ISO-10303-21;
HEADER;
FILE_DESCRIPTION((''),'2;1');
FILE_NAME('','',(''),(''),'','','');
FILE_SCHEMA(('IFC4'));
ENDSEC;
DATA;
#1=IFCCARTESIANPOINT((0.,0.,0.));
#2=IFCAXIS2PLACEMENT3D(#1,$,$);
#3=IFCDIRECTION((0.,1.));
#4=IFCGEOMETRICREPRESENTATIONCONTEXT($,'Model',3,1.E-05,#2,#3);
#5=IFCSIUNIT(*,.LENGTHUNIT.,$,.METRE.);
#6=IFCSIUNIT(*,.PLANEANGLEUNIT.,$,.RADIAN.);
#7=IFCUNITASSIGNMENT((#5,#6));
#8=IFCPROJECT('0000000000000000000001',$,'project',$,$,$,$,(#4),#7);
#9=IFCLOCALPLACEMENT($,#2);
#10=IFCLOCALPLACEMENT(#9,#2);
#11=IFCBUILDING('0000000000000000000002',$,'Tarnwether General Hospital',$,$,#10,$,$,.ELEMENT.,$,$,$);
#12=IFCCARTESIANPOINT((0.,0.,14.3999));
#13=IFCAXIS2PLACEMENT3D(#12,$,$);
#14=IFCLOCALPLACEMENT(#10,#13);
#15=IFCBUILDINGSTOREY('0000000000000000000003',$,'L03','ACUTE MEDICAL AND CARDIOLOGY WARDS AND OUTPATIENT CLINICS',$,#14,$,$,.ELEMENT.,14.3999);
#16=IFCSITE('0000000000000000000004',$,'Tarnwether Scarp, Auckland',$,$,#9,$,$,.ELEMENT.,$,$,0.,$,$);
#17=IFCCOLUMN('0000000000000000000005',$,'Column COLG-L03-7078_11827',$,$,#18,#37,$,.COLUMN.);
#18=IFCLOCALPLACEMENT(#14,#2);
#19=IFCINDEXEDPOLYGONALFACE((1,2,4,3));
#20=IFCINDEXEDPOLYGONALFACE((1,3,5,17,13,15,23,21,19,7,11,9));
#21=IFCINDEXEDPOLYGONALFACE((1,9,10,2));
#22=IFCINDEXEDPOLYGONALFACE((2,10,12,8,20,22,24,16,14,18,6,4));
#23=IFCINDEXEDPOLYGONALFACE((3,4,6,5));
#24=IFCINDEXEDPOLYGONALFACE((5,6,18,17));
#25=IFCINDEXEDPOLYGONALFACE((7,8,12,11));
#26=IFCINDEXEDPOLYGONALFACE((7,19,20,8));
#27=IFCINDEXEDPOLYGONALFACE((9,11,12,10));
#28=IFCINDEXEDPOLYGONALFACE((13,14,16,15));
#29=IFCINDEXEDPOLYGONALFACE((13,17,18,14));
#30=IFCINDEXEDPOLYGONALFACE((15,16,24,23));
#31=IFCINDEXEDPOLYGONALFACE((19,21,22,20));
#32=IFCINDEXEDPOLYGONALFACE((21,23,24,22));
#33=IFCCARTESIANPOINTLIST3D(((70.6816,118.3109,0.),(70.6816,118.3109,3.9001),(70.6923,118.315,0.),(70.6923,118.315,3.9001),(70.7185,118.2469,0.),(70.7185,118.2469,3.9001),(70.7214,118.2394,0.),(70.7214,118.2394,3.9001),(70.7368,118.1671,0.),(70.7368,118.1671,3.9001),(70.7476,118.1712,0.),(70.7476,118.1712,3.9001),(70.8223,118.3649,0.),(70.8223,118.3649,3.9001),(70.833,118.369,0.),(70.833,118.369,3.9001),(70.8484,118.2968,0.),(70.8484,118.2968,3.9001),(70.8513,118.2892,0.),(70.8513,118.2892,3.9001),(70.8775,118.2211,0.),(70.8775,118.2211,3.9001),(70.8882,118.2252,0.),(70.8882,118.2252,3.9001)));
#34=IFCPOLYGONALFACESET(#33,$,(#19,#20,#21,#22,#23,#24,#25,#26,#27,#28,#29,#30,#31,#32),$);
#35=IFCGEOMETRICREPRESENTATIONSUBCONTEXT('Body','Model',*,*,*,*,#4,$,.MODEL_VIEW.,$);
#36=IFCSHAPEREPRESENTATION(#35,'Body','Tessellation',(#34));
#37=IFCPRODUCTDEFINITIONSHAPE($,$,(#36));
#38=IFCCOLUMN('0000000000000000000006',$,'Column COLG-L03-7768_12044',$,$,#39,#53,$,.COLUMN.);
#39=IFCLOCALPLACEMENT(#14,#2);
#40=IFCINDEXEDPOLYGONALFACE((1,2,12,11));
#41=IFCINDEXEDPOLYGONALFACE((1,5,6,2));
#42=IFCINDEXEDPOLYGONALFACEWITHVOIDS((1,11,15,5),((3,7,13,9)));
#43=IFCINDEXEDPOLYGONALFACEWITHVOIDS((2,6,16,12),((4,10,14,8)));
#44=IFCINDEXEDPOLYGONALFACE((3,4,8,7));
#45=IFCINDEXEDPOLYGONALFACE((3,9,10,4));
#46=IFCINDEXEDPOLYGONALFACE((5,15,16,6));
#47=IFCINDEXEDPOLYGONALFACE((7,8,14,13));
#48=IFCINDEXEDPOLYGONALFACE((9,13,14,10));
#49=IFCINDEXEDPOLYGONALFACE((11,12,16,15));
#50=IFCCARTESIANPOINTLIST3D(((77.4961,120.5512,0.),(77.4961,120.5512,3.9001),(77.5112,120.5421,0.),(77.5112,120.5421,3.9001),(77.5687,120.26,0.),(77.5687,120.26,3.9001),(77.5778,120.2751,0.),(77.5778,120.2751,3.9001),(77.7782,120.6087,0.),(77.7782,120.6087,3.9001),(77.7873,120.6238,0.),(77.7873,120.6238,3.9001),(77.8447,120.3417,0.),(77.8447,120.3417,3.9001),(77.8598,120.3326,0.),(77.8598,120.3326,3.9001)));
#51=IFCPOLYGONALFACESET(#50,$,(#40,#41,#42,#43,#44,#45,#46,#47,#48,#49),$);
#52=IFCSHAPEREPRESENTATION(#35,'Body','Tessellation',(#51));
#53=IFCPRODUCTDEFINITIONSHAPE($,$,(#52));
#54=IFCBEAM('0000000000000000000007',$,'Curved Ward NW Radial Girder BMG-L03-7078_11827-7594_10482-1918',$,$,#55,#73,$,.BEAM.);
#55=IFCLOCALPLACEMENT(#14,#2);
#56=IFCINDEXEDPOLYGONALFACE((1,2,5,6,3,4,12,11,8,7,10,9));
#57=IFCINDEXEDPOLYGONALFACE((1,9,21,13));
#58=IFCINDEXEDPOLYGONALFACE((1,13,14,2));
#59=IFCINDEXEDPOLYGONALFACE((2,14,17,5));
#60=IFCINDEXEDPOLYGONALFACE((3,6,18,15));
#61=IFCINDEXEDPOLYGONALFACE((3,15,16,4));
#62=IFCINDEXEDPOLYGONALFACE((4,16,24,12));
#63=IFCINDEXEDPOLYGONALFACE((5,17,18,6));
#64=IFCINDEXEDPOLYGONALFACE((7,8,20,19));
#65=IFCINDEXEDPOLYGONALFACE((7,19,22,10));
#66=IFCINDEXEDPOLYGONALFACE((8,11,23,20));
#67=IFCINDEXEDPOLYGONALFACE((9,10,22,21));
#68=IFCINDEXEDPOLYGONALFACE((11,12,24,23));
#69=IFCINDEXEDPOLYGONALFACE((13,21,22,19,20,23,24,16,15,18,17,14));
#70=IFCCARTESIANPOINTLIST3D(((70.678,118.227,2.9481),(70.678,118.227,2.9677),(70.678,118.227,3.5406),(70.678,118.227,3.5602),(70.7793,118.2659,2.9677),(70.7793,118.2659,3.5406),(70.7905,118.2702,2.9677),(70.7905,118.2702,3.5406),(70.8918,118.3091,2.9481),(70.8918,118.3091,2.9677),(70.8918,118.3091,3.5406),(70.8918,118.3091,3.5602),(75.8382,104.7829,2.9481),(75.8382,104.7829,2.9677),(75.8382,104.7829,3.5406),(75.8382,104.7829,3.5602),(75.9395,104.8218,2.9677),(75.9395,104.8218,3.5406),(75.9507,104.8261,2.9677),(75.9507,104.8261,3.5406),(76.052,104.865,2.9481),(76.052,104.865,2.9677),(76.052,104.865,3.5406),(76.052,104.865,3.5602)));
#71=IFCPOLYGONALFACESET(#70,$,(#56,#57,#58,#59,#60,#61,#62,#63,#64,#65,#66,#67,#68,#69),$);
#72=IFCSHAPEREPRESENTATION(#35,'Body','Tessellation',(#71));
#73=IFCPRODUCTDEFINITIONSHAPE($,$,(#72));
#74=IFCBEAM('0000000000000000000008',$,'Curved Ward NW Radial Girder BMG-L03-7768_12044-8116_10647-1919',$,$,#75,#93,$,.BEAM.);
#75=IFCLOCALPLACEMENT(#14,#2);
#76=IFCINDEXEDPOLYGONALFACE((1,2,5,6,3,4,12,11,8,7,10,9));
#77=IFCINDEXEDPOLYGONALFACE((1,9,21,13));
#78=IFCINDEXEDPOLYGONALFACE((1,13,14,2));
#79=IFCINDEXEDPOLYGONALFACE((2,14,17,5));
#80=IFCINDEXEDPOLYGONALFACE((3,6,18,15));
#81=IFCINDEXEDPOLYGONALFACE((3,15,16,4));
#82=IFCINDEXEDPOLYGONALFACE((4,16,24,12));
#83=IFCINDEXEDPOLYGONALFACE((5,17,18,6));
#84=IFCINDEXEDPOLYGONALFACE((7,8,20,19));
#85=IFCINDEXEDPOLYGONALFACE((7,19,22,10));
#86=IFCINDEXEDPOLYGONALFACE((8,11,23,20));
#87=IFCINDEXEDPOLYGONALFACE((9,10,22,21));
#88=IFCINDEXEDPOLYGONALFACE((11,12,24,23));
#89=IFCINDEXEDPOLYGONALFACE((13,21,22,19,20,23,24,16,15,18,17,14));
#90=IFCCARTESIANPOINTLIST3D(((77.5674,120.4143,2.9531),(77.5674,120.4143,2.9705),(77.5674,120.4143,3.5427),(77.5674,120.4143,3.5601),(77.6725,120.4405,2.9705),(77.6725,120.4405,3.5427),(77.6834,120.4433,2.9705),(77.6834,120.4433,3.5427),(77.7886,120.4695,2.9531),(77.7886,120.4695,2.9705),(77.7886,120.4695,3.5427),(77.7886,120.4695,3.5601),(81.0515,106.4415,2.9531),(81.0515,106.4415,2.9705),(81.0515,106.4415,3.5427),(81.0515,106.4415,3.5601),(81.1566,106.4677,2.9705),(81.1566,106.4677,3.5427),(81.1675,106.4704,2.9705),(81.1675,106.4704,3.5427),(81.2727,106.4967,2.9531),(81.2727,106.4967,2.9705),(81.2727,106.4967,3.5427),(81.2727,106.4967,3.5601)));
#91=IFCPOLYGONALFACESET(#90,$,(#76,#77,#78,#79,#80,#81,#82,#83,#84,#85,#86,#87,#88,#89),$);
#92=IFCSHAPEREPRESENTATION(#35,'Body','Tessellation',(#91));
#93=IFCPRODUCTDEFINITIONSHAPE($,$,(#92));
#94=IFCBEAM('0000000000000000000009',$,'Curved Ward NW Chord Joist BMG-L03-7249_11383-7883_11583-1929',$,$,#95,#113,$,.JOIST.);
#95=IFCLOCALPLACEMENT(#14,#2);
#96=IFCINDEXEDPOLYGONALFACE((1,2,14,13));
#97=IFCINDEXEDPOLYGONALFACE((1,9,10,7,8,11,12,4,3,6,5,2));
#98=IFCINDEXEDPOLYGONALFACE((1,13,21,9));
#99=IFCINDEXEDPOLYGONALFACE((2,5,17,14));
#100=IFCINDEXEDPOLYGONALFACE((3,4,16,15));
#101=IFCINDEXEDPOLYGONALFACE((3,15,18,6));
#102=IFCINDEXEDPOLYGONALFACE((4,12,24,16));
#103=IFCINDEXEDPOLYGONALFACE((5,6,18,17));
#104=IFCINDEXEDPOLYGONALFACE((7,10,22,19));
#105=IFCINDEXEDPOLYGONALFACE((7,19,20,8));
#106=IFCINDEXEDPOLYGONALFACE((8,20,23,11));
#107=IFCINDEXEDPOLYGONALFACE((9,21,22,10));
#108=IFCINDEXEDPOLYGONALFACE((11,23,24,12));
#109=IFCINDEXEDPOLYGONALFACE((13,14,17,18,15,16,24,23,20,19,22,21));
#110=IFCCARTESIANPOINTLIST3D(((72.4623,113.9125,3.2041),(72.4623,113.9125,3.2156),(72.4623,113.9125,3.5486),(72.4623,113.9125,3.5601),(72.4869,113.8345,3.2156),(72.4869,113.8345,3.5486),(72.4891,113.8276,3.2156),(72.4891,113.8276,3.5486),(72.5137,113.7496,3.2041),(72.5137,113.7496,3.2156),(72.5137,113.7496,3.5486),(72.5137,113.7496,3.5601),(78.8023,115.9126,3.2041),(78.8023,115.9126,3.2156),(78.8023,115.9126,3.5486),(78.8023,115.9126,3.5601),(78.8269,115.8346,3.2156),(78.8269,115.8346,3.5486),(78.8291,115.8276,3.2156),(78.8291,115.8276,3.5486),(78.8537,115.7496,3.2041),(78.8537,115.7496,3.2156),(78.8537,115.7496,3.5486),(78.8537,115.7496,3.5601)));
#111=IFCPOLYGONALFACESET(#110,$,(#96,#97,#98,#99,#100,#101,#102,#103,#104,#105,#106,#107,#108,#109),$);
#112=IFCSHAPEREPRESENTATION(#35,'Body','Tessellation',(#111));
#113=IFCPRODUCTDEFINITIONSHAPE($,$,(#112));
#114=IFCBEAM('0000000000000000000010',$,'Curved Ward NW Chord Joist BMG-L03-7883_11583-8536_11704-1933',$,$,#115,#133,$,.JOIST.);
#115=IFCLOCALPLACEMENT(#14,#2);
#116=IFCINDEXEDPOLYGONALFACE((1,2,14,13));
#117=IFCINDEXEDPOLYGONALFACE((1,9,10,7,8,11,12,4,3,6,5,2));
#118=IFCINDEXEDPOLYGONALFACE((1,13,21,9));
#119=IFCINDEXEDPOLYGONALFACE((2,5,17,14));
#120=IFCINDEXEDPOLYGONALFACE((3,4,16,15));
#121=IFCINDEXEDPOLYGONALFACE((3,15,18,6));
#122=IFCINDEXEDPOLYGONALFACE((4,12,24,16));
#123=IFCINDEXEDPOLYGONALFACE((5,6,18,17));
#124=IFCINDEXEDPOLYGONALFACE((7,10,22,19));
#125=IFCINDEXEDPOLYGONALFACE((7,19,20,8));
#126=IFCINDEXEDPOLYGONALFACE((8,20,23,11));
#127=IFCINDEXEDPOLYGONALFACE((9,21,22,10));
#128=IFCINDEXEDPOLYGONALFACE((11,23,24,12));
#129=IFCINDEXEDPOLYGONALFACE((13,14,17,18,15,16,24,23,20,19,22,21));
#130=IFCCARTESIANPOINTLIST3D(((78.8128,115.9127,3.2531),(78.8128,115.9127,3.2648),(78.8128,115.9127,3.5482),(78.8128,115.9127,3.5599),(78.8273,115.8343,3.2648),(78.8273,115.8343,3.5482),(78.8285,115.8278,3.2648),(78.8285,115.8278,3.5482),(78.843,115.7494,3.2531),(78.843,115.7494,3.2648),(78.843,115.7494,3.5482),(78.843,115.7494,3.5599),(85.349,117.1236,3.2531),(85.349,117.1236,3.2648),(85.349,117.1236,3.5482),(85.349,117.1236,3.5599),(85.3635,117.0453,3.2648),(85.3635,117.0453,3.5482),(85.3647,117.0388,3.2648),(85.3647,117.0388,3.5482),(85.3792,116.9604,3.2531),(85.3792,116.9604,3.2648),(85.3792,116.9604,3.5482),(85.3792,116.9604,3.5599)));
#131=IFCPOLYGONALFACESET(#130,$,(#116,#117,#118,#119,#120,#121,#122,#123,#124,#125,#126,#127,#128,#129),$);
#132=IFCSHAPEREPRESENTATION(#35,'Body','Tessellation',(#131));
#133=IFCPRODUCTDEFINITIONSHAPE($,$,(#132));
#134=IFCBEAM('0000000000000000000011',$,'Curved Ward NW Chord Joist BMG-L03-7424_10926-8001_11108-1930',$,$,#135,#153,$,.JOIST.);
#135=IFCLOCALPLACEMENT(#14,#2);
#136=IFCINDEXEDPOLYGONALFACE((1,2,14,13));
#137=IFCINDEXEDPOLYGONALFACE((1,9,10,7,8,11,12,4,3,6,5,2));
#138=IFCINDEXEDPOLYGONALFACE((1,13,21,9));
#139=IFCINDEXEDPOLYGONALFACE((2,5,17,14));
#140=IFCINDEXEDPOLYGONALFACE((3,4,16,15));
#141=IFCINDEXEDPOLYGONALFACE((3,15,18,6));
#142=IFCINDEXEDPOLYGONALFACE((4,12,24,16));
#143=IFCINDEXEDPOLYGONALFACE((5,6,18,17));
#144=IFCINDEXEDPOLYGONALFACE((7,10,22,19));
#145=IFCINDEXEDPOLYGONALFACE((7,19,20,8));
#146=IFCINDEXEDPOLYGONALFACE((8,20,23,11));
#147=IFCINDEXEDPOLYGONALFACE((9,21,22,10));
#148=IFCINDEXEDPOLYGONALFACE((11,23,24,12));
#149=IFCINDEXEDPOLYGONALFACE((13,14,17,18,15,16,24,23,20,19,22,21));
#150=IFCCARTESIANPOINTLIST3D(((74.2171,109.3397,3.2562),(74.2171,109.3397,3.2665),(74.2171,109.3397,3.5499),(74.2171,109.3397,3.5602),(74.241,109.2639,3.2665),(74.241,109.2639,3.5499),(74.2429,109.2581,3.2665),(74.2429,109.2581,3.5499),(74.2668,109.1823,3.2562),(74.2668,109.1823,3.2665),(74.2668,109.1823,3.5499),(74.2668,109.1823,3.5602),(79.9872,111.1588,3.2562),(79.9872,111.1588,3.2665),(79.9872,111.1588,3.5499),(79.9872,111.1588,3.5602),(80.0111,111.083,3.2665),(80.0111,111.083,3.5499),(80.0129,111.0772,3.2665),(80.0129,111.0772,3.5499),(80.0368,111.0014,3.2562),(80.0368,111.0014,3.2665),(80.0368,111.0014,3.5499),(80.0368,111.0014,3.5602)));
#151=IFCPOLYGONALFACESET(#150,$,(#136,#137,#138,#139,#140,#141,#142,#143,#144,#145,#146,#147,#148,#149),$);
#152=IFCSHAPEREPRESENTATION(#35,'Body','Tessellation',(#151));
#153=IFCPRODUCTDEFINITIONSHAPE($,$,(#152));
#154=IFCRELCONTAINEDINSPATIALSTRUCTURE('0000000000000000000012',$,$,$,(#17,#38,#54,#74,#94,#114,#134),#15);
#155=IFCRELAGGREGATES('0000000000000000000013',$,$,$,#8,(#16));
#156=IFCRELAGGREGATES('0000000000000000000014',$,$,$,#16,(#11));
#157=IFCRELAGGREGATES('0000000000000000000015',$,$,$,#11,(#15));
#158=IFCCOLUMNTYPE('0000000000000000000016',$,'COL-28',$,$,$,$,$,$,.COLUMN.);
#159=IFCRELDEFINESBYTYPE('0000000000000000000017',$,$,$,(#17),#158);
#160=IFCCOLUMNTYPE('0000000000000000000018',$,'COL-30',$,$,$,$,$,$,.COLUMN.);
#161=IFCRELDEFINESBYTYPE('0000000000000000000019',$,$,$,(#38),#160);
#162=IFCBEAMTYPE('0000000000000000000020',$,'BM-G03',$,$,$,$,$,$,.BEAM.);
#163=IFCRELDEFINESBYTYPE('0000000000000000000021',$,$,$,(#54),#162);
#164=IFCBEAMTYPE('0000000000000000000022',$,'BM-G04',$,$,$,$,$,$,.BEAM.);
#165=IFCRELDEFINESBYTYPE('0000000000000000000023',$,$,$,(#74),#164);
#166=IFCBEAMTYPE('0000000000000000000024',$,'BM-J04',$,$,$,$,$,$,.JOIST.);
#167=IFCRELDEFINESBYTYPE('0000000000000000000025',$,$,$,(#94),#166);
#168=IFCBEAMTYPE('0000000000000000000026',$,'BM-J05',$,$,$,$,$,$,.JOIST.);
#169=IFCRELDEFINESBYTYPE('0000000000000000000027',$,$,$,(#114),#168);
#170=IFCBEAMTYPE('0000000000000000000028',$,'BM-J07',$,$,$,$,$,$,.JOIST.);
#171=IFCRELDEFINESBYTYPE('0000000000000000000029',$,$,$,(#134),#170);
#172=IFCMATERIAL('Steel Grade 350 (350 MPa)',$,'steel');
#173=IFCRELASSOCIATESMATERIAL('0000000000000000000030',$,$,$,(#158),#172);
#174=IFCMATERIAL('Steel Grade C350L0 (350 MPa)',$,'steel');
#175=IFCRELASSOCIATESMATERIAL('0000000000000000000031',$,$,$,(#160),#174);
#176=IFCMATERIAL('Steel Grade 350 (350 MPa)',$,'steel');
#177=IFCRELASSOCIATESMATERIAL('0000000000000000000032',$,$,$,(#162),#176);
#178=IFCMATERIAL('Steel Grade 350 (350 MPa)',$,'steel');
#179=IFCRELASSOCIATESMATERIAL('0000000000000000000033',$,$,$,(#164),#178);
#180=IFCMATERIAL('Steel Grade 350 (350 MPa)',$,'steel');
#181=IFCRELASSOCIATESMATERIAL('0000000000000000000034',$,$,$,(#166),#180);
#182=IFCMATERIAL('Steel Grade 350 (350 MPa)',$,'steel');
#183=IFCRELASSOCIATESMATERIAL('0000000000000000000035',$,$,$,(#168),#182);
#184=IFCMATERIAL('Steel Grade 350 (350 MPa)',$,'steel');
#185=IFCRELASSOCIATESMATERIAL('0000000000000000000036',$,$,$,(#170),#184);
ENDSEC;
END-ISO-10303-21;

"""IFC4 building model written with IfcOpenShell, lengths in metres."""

from ifc_helpers import new_model, si_unit, direction, frame, origin, origin_2d, place, context, subcontext, project, spatial, hollow_rectangle, i_section, extrude, material, material_profile, profile_set, type_object, element, save


model = new_model("IFC4")

# Units and contexts
model_context = context("Model", 3, precision=1e-05, world=origin(), true_north=direction((0.0, 1.0)))
body_context = subcontext(model_context, "Body", "Model", "MODEL_VIEW")
ifc_project = project(units=[si_unit("LENGTHUNIT", "METRE"), si_unit("PLANEANGLEUNIT", "RADIAN")], contexts=[model_context])

# Site, building, storey
site_placement = place(None, origin())
site = spatial("IfcSite", under=ifc_project, at=site_placement, Name="Tarnwether Scarp, Auckland", CompositionType="ELEMENT", RefElevation=0.0)
building_placement = place(site_placement, origin())
building = spatial("IfcBuilding", under=site, at=building_placement, Name="Tarnwether General Hospital", CompositionType="ELEMENT")
storey_placement = place(building_placement, frame((0.0, 0.0, 14.3999)))
storey = spatial("IfcBuildingStorey", under=building, at=storey_placement, Name="L03", Description="ACUTE MEDICAL AND CARDIOLOGY WARDS AND OUTPATIENT CLINICS", CompositionType="ELEMENT", Elevation=14.3999)

# Columns
ifc_material_1 = material(Name="Steel Grade 350 (350 MPa)", Category="steel")
ifc_material_profile_1 = material_profile(ifc_material_1, i_section(OverallWidth=0.1541, OverallDepth=0.1621, WebThickness=0.0081, FlangeThickness=0.0115, at=origin_2d()), Name="150UC37.2")
ifc_profile_set_1 = profile_set([ifc_material_profile_1], Name="Steel Grade 350 (350 MPa)")
column_type_1 = type_object("IfcColumnType", Name="COL-28", PredefinedType="COLUMN", material=ifc_profile_set_1)
column_1_placement = place(storey_placement, frame((70.7849, 118.2681, 0.0), z_axis=(0.0, 0.0, 1.0), x_axis=(-0.358368, 0.93358, 0.0)))
element("IfcColumn", 1, at=column_1_placement, inside=storey, type_object=column_type_1, Name="Column COLG-L03-7078_11827", PredefinedType="COLUMN", context=body_context, shape_type="SweptSolid", body=[
    extrude(i_section(OverallWidth=0.1541, OverallDepth=0.1621, WebThickness=0.0081, FlangeThickness=0.0115, at=origin_2d()), origin(), (0.0, 0.0, 1.0), 3.9001),
])
ifc_material_2 = material(Name="Steel Grade C350L0 (350 MPa)", Category="steel")
ifc_material_profile_2 = material_profile(ifc_material_2, hollow_rectangle(XDim=0.3, YDim=0.3, WallThickness=0.0125, at=origin_2d()), Name="SHS300x300x12.5")
ifc_profile_set_2 = profile_set([ifc_material_profile_2], Name="Steel Grade C350L0 (350 MPa)")
column_type_2 = type_object("IfcColumnType", Name="COL-30", PredefinedType="COLUMN", material=ifc_profile_set_2)
column_2_placement = place(storey_placement, frame((77.678, 120.4419, 0.0), z_axis=(0.0, 0.0, 1.0), x_axis=(-0.241922, 0.970296, 0.0)))
element("IfcColumn", 2, at=column_2_placement, inside=storey, type_object=column_type_2, Name="Column COLG-L03-7768_12044", PredefinedType="COLUMN", context=body_context, shape_type="SweptSolid", body=[
    extrude(hollow_rectangle(XDim=0.3, YDim=0.3, WallThickness=0.0125, at=origin_2d()), origin(), (0.0, 0.0, 1.0), 3.9001),
])

# Beams
ifc_material_3 = material(Name="Steel Grade 350 (350 MPa)", Category="steel")
ifc_material_profile_3 = material_profile(ifc_material_3, i_section(OverallWidth=0.229, OverallDepth=0.6121, WebThickness=0.012, FlangeThickness=0.0195, at=origin_2d()), Name="610UB125")
ifc_profile_set_3 = profile_set([ifc_material_profile_3], Name="Steel Grade 350 (350 MPa)")
beam_type_1 = type_object("IfcBeamType", Name="BM-G03", PredefinedType="BEAM", material=ifc_profile_set_3)
beam_1_placement = place(storey_placement, frame((70.7849, 118.2681, 3.2542), z_axis=(0.358335, -0.933593, 0.0), x_axis=(0.933593, 0.358335, 0.0)))
element("IfcBeam", 3, at=beam_1_placement, inside=storey, type_object=beam_type_1, Name="Curved Ward NW Radial Girder BMG-L03-7078_11827-7594_10482-1918", PredefinedType="BEAM", context=body_context, shape_type="SweptSolid", body=[
    extrude(i_section(OverallWidth=0.229, OverallDepth=0.6121, WebThickness=0.012, FlangeThickness=0.0195, at=origin_2d()), origin(), (0.0, 0.0, 1.0), 14.4004),
])
ifc_material_4 = material(Name="Steel Grade 350 (350 MPa)", Category="steel")
ifc_material_profile_4 = material_profile(ifc_material_4, i_section(OverallWidth=0.228, OverallDepth=0.6069, WebThickness=0.0112, FlangeThickness=0.0173, at=origin_2d()), Name="610UB113")
ifc_profile_set_4 = profile_set([ifc_material_profile_4], Name="Steel Grade 350 (350 MPa)")
beam_type_2 = type_object("IfcBeamType", Name="BM-G04", PredefinedType="BEAM", material=ifc_profile_set_4)
beam_2_placement = place(storey_placement, frame((77.678, 120.4419, 3.2566), z_axis=(0.241941, -0.970291, 0.0), x_axis=(0.970291, 0.241941, 0.0)))
element("IfcBeam", 4, at=beam_2_placement, inside=storey, type_object=beam_type_2, Name="Curved Ward NW Radial Girder BMG-L03-7768_12044-8116_10647-1919", PredefinedType="BEAM", context=body_context, shape_type="SweptSolid", body=[
    extrude(i_section(OverallWidth=0.228, OverallDepth=0.6069, WebThickness=0.0112, FlangeThickness=0.0173, at=origin_2d()), origin(), (0.0, 0.0, 1.0), 14.4006),
])
ifc_material_5 = material(Name="Steel Grade 350 (350 MPa)", Category="steel")
ifc_material_profile_5 = material_profile(ifc_material_5, i_section(OverallWidth=0.1709, OverallDepth=0.356, WebThickness=0.0073, FlangeThickness=0.0115, at=origin_2d()), Name="360UB50.7")
ifc_profile_set_5 = profile_set([ifc_material_profile_5], Name="Steel Grade 350 (350 MPa)")
beam_type_3 = type_object("IfcBeamType", Name="BM-J04", PredefinedType="JOIST", material=ifc_profile_set_5)
beam_3_placement = place(storey_placement, frame((72.488, 113.8311, 3.3821), z_axis=(0.953671, 0.30085, 0.0), x_axis=(-0.30085, 0.953671, 0.0)))
element("IfcBeam", 5, at=beam_3_placement, inside=storey, type_object=beam_type_3, Name="Curved Ward NW Chord Joist BMG-L03-7249_11383-7883_11583-1929", PredefinedType="JOIST", context=body_context, shape_type="SweptSolid", body=[
    extrude(i_section(OverallWidth=0.1709, OverallDepth=0.356, WebThickness=0.0073, FlangeThickness=0.0115, at=origin_2d()), origin(), (0.0, 0.0, 1.0), 6.6479),
])
ifc_material_6 = material(Name="Steel Grade 350 (350 MPa)", Category="steel")
ifc_material_profile_6 = material_profile(ifc_material_6, i_section(OverallWidth=0.166, OverallDepth=0.3069, WebThickness=0.0066, FlangeThickness=0.0117, at=origin_2d()), Name="310UB46.2")
ifc_profile_set_6 = profile_set([ifc_material_profile_6], Name="Steel Grade 350 (350 MPa)")
beam_type_4 = type_object("IfcBeamType", Name="BM-J05", PredefinedType="JOIST", material=ifc_profile_set_6)
beam_4_placement = place(storey_placement, frame((78.8279, 115.8311, 3.4065), z_axis=(0.983267, 0.182168, 0.0), x_axis=(-0.182168, 0.983267, 0.0)))
element("IfcBeam", 6, at=beam_4_placement, inside=storey, type_object=beam_type_4, Name="Curved Ward NW Chord Joist BMG-L03-7883_11583-8536_11704-1933", PredefinedType="JOIST", context=body_context, shape_type="SweptSolid", body=[
    extrude(i_section(OverallWidth=0.166, OverallDepth=0.3069, WebThickness=0.0066, FlangeThickness=0.0117, at=origin_2d()), origin(), (0.0, 0.0, 1.0), 6.6475),
])
ifc_material_7 = material(Name="Steel Grade 350 (350 MPa)", Category="steel")
ifc_material_profile_7 = material_profile(ifc_material_7, i_section(OverallWidth=0.165, OverallDepth=0.304, WebThickness=0.0061, FlangeThickness=0.0103, at=origin_2d()), Name="310UB40.4")
ifc_profile_set_7 = profile_set([ifc_material_profile_7], Name="Steel Grade 350 (350 MPa)")
beam_type_5 = type_object("IfcBeamType", Name="BM-J07", PredefinedType="JOIST", material=ifc_profile_set_7)
beam_5_placement = place(storey_placement, frame((74.2419, 109.261, 3.4082), z_axis=(0.953726, 0.300677, 0.0), x_axis=(-0.300677, 0.953726, 0.0)))
element("IfcBeam", 7, at=beam_5_placement, inside=storey, type_object=beam_type_5, Name="Curved Ward NW Chord Joist BMG-L03-7424_10926-8001_11108-1930", PredefinedType="JOIST", context=body_context, shape_type="SweptSolid", body=[
    extrude(i_section(OverallWidth=0.165, OverallDepth=0.304, WebThickness=0.0061, FlangeThickness=0.0103, at=origin_2d()), origin(), (0.0, 0.0, 1.0), 6.05),
])

save(model, "model.ifc")
